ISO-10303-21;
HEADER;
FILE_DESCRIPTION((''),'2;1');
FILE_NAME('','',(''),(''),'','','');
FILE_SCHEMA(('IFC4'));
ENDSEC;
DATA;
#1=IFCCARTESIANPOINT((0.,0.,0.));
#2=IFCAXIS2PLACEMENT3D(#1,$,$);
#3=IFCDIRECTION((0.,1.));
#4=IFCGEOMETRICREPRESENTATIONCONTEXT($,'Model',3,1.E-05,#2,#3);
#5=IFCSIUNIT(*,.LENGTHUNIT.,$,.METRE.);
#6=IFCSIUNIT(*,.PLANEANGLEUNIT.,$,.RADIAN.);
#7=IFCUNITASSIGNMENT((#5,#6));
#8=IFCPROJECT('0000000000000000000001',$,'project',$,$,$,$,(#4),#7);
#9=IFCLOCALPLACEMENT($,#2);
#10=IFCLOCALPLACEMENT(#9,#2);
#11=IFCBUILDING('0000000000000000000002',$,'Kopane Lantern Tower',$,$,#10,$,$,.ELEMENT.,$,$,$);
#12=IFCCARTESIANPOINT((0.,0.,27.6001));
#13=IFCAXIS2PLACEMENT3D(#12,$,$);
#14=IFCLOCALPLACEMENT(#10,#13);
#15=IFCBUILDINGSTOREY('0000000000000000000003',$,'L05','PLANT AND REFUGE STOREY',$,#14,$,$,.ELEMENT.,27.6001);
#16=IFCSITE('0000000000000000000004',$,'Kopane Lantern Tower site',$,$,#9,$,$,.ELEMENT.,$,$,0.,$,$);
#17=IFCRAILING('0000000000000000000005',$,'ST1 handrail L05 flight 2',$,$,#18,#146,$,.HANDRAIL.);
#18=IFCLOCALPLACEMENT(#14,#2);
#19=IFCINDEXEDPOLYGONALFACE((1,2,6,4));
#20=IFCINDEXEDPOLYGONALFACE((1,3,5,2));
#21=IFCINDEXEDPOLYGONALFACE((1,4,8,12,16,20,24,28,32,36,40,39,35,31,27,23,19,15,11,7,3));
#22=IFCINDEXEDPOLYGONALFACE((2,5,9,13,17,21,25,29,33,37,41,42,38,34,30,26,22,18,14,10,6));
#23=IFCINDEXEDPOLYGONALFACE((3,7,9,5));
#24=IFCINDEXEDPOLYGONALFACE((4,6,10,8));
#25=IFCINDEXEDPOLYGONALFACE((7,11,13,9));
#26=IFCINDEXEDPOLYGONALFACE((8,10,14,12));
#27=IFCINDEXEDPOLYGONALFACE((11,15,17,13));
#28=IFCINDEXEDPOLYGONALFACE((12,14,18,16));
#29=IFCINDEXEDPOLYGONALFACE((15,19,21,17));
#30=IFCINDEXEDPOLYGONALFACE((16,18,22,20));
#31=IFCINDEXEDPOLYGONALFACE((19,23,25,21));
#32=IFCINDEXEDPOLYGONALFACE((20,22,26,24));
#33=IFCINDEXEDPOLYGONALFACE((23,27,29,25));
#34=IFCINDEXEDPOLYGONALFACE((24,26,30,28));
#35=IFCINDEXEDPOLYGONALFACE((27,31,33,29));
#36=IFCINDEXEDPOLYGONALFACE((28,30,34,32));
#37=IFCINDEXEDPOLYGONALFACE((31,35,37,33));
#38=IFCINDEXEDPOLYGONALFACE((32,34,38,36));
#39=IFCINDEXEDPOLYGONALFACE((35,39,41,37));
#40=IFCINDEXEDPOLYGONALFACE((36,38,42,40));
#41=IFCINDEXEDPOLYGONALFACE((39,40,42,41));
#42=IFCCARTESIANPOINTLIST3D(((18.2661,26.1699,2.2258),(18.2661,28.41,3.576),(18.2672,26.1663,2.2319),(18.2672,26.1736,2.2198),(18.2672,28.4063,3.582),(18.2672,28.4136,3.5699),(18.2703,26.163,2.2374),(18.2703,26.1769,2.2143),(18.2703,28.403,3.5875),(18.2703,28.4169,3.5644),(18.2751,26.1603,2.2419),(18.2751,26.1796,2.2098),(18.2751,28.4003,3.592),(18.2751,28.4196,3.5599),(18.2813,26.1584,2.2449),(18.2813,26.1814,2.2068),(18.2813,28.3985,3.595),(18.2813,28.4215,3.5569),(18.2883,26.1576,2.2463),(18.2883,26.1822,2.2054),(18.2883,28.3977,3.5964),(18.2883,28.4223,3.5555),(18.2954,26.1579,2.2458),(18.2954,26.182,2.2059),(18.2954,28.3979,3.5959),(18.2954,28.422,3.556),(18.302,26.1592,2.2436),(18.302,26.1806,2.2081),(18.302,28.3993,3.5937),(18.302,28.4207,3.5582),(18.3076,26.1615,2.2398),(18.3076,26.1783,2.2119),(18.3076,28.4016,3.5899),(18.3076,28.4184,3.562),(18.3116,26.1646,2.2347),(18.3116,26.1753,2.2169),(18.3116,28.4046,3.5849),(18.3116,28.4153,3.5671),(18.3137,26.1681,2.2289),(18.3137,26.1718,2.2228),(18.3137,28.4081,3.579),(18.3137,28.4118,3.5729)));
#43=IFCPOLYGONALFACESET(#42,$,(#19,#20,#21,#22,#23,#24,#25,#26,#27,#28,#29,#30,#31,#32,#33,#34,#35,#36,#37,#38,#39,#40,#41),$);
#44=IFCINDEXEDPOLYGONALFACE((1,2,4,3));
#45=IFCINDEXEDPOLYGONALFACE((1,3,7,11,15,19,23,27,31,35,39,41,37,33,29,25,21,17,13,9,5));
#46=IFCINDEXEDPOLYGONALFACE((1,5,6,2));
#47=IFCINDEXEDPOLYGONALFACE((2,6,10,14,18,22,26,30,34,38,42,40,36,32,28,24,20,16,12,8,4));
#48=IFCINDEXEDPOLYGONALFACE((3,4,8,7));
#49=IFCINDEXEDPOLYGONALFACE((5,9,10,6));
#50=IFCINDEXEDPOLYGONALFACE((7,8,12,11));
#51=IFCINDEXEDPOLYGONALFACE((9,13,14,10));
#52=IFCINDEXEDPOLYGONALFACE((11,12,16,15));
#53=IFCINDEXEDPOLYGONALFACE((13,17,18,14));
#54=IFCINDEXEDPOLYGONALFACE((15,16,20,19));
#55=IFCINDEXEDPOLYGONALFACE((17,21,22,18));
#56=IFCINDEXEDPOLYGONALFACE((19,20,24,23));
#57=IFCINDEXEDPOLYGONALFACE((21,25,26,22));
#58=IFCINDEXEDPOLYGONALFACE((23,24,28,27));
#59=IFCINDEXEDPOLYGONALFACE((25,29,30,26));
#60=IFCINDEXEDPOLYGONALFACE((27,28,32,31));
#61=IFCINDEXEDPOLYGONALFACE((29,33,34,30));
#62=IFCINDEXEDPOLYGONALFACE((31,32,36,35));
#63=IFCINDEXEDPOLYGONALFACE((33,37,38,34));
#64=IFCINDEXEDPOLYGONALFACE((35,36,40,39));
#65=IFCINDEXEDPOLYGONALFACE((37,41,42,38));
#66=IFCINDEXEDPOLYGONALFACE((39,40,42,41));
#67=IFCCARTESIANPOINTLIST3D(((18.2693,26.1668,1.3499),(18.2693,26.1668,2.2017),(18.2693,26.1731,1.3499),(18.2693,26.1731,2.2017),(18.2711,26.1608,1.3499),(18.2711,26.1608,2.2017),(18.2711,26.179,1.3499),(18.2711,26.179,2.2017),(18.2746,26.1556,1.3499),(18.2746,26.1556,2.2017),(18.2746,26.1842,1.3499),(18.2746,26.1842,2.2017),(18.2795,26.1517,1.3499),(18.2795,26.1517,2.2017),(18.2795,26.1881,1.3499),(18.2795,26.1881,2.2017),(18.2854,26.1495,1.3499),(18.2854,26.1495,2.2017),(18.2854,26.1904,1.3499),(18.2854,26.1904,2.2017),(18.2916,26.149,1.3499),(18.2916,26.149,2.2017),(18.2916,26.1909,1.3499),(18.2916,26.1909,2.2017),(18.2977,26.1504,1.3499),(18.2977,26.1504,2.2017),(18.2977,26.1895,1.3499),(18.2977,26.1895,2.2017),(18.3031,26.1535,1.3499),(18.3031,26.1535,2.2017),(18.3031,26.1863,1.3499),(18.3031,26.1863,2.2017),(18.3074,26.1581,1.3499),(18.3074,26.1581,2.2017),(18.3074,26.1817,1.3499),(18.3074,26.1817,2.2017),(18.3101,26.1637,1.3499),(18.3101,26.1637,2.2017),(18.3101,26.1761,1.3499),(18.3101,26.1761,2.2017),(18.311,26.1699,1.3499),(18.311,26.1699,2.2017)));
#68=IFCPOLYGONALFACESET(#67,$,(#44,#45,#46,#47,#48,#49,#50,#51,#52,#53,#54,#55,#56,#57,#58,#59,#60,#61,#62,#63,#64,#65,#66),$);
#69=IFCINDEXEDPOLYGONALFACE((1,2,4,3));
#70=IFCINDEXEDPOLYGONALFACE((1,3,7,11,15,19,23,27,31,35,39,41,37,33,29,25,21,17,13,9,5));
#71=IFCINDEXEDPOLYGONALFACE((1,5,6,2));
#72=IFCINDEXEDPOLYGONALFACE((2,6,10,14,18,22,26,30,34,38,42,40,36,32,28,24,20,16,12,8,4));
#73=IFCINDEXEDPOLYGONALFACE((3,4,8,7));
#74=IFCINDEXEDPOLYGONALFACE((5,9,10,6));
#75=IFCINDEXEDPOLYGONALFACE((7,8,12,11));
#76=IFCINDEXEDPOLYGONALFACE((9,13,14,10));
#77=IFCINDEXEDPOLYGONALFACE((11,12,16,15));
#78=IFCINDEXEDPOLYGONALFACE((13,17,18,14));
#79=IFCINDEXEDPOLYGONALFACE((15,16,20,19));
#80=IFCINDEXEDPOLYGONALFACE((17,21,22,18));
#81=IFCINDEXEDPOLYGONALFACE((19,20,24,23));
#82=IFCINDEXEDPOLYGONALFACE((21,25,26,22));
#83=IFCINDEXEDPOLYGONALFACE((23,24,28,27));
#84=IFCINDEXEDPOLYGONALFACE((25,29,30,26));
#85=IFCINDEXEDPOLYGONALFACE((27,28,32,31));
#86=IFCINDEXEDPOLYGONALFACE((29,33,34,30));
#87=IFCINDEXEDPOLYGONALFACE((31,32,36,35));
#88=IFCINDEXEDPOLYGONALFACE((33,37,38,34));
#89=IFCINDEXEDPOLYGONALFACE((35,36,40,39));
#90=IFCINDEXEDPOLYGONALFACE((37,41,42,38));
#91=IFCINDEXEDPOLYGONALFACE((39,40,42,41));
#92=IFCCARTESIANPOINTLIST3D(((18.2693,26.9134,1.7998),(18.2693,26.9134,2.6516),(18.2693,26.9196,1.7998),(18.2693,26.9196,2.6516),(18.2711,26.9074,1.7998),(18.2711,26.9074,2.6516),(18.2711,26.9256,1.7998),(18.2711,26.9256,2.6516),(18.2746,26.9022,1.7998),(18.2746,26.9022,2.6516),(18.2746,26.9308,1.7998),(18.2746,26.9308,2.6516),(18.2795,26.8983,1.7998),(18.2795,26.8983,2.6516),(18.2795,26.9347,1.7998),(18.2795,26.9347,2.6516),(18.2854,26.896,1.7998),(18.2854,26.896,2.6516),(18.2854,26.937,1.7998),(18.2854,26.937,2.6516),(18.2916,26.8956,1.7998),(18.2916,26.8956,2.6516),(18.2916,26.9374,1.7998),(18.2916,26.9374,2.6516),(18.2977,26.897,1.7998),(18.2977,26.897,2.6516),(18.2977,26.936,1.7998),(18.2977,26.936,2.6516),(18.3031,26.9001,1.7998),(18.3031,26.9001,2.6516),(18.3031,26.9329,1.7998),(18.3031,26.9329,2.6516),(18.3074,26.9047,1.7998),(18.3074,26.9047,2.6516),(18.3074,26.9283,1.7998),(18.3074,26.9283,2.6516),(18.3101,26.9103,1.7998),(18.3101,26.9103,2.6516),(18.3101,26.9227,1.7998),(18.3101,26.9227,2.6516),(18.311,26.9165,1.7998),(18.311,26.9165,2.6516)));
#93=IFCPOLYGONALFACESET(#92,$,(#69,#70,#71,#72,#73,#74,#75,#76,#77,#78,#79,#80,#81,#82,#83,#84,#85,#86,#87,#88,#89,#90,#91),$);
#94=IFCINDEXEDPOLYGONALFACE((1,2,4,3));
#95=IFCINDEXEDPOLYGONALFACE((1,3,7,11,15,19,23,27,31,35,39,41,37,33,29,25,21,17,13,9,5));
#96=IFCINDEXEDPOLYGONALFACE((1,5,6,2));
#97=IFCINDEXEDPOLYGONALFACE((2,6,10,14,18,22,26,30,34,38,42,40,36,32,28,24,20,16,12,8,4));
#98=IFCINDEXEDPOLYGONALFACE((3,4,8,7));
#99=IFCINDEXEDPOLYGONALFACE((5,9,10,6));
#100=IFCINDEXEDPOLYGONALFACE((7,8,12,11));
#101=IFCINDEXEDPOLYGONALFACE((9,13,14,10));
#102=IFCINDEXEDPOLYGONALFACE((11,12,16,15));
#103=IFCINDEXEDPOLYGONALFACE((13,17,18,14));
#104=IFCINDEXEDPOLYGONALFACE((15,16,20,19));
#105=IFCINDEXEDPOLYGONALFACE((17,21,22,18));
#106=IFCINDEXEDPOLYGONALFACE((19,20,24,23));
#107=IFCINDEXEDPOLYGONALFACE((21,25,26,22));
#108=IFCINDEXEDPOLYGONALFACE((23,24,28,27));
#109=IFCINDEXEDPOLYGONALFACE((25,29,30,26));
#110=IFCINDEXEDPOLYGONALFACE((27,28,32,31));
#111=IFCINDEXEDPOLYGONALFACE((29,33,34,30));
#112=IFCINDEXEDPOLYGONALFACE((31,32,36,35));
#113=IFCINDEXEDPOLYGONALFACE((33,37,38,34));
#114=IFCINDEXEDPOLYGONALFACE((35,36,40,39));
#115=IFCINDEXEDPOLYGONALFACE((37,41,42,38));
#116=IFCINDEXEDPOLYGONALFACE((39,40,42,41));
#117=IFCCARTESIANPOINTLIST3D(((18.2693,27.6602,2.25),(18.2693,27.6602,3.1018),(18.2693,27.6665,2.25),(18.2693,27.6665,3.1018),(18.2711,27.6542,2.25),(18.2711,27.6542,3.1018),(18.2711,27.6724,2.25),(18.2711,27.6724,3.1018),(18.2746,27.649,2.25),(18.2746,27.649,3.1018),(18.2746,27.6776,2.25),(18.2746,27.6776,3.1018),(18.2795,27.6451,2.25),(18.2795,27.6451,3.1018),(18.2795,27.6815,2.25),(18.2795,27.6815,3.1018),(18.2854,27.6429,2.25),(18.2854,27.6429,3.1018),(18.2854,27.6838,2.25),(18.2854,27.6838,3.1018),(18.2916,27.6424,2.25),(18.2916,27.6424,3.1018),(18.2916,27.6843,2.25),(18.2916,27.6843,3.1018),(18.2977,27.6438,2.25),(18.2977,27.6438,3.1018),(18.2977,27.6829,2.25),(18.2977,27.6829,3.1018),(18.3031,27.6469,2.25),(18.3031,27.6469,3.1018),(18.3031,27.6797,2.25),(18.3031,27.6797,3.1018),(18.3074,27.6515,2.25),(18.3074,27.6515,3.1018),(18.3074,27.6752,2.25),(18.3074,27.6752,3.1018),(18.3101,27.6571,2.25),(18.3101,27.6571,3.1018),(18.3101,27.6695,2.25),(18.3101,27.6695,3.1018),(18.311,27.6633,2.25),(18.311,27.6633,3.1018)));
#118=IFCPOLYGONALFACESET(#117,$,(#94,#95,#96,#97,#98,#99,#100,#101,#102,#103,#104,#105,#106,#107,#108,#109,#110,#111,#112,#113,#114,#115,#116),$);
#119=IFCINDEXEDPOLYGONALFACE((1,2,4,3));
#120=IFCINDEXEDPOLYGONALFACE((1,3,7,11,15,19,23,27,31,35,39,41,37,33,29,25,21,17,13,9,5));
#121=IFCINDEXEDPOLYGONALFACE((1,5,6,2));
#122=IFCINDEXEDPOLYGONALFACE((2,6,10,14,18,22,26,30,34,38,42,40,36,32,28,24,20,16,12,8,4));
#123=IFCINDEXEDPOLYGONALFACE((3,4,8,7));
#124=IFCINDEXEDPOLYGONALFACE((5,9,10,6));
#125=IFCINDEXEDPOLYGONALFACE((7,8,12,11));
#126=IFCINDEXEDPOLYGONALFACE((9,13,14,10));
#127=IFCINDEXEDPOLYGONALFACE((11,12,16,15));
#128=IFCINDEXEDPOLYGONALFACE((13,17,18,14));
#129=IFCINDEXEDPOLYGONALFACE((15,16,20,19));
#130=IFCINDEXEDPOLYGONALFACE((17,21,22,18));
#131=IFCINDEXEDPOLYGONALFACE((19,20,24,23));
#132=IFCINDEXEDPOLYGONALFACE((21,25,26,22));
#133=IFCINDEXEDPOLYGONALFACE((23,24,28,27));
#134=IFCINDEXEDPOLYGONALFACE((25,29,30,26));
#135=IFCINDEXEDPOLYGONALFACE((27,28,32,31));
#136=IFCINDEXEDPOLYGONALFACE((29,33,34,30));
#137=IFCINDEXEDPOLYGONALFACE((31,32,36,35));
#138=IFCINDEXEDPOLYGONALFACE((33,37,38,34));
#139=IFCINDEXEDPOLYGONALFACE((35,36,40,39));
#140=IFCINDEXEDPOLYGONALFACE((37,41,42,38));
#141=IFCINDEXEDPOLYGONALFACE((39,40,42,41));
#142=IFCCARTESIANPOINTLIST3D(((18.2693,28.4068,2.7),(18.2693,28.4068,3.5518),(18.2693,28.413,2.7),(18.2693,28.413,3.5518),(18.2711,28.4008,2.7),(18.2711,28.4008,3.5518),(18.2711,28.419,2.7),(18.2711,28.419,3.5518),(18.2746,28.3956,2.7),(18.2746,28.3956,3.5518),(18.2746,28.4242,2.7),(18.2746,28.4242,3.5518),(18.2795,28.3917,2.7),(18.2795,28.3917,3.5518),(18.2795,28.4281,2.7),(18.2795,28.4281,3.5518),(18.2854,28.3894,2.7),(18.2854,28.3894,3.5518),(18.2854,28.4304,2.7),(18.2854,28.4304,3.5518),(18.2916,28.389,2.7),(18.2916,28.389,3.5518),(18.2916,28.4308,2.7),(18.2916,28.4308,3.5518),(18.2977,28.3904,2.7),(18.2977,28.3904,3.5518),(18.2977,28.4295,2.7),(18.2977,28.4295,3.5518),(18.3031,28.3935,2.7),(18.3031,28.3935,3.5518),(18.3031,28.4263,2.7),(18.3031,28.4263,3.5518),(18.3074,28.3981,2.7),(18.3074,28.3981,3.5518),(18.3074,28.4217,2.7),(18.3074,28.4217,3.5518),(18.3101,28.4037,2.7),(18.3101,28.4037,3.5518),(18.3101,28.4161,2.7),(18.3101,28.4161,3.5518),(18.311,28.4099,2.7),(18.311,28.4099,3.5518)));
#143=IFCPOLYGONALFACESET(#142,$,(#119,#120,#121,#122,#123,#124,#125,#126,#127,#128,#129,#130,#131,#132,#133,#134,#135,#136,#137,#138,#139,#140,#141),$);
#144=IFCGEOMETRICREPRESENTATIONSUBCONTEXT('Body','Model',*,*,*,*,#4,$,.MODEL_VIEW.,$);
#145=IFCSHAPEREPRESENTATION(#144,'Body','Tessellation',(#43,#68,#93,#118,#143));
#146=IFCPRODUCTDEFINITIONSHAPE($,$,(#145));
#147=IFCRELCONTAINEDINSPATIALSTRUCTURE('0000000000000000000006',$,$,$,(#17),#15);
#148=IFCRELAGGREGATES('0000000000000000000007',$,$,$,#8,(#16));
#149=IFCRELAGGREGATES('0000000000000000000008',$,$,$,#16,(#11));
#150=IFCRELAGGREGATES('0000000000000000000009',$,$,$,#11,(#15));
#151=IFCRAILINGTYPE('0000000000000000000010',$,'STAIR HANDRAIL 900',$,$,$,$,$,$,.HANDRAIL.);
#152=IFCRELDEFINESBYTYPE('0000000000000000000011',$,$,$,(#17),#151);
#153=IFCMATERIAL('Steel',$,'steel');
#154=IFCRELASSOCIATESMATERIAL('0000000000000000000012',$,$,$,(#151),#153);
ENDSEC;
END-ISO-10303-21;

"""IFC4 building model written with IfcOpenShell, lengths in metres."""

from ifc_helpers import new_model, si_unit, direction, frame, origin, origin_2d, place, context, subcontext, project, spatial, circle, extrude, material, type_object, element, save


model = new_model("IFC4")

# Units and contexts
model_context = context("Model", 3, precision=1e-05, world=origin(), true_north=direction((0.0, 1.0)))
body_context = subcontext(model_context, "Body", "Model", "MODEL_VIEW")
ifc_project = project(units=[si_unit("LENGTHUNIT", "METRE"), si_unit("PLANEANGLEUNIT", "RADIAN")], contexts=[model_context])

# Site, building, storey
site_placement = place(None, origin())
site = spatial("IfcSite", under=ifc_project, at=site_placement, Name="Kopane Lantern Tower site", CompositionType="ELEMENT", RefElevation=0.0)
building_placement = place(site_placement, origin())
building = spatial("IfcBuilding", under=site, at=building_placement, Name="Kopane Lantern Tower", CompositionType="ELEMENT")
storey_placement = place(building_placement, frame((0.0, 0.0, 27.6001)))
storey = spatial("IfcBuildingStorey", under=building, at=storey_placement, Name="L05", Description="PLANT AND REFUGE STOREY", CompositionType="ELEMENT", Elevation=27.6001)

# Railing
ifc_material_1 = material(Name="Steel", Category="steel")
railing_type_1 = type_object("IfcRailingType", Name="STAIR HANDRAIL 900", PredefinedType="HANDRAIL", material=ifc_material_1)
for number, where, name in (
    (1, (18.29, 26.1699, 1.3499), "ST1 handrail L05 flight 2"),
):
    element("IfcRailing", number, at=place(storey_placement, frame(where)), inside=storey, type_object=railing_type_1, Name=name, PredefinedType="HANDRAIL", context=body_context, shape_type="SweptSolid", body=[
        extrude(circle(Radius=0.0239, at=origin_2d()), frame((0.0, 0.0, 0.876), z_axis=(0.0, 0.856462, 0.516211), x_axis=(-1.0, 0.0, 0.0)), (0.0, 0.0, 1.0), 2.6155),
        extrude(circle(Radius=0.021, at=origin_2d()), origin(), (0.0, 0.0, 1.0), 0.8518),
        extrude(circle(Radius=0.021, at=origin_2d()), frame((0.0, 0.7466, 0.45)), (0.0, 0.0, 1.0), 0.8518),
        extrude(circle(Radius=0.021, at=origin_2d()), frame((0.0, 1.4934, 0.9001)), (0.0, 0.0, 1.0), 0.8518),
        extrude(circle(Radius=0.021, at=origin_2d()), frame((0.0, 2.24, 1.3501)), (0.0, 0.0, 1.0), 0.8518),
    ])

save(model, "model.ifc")
